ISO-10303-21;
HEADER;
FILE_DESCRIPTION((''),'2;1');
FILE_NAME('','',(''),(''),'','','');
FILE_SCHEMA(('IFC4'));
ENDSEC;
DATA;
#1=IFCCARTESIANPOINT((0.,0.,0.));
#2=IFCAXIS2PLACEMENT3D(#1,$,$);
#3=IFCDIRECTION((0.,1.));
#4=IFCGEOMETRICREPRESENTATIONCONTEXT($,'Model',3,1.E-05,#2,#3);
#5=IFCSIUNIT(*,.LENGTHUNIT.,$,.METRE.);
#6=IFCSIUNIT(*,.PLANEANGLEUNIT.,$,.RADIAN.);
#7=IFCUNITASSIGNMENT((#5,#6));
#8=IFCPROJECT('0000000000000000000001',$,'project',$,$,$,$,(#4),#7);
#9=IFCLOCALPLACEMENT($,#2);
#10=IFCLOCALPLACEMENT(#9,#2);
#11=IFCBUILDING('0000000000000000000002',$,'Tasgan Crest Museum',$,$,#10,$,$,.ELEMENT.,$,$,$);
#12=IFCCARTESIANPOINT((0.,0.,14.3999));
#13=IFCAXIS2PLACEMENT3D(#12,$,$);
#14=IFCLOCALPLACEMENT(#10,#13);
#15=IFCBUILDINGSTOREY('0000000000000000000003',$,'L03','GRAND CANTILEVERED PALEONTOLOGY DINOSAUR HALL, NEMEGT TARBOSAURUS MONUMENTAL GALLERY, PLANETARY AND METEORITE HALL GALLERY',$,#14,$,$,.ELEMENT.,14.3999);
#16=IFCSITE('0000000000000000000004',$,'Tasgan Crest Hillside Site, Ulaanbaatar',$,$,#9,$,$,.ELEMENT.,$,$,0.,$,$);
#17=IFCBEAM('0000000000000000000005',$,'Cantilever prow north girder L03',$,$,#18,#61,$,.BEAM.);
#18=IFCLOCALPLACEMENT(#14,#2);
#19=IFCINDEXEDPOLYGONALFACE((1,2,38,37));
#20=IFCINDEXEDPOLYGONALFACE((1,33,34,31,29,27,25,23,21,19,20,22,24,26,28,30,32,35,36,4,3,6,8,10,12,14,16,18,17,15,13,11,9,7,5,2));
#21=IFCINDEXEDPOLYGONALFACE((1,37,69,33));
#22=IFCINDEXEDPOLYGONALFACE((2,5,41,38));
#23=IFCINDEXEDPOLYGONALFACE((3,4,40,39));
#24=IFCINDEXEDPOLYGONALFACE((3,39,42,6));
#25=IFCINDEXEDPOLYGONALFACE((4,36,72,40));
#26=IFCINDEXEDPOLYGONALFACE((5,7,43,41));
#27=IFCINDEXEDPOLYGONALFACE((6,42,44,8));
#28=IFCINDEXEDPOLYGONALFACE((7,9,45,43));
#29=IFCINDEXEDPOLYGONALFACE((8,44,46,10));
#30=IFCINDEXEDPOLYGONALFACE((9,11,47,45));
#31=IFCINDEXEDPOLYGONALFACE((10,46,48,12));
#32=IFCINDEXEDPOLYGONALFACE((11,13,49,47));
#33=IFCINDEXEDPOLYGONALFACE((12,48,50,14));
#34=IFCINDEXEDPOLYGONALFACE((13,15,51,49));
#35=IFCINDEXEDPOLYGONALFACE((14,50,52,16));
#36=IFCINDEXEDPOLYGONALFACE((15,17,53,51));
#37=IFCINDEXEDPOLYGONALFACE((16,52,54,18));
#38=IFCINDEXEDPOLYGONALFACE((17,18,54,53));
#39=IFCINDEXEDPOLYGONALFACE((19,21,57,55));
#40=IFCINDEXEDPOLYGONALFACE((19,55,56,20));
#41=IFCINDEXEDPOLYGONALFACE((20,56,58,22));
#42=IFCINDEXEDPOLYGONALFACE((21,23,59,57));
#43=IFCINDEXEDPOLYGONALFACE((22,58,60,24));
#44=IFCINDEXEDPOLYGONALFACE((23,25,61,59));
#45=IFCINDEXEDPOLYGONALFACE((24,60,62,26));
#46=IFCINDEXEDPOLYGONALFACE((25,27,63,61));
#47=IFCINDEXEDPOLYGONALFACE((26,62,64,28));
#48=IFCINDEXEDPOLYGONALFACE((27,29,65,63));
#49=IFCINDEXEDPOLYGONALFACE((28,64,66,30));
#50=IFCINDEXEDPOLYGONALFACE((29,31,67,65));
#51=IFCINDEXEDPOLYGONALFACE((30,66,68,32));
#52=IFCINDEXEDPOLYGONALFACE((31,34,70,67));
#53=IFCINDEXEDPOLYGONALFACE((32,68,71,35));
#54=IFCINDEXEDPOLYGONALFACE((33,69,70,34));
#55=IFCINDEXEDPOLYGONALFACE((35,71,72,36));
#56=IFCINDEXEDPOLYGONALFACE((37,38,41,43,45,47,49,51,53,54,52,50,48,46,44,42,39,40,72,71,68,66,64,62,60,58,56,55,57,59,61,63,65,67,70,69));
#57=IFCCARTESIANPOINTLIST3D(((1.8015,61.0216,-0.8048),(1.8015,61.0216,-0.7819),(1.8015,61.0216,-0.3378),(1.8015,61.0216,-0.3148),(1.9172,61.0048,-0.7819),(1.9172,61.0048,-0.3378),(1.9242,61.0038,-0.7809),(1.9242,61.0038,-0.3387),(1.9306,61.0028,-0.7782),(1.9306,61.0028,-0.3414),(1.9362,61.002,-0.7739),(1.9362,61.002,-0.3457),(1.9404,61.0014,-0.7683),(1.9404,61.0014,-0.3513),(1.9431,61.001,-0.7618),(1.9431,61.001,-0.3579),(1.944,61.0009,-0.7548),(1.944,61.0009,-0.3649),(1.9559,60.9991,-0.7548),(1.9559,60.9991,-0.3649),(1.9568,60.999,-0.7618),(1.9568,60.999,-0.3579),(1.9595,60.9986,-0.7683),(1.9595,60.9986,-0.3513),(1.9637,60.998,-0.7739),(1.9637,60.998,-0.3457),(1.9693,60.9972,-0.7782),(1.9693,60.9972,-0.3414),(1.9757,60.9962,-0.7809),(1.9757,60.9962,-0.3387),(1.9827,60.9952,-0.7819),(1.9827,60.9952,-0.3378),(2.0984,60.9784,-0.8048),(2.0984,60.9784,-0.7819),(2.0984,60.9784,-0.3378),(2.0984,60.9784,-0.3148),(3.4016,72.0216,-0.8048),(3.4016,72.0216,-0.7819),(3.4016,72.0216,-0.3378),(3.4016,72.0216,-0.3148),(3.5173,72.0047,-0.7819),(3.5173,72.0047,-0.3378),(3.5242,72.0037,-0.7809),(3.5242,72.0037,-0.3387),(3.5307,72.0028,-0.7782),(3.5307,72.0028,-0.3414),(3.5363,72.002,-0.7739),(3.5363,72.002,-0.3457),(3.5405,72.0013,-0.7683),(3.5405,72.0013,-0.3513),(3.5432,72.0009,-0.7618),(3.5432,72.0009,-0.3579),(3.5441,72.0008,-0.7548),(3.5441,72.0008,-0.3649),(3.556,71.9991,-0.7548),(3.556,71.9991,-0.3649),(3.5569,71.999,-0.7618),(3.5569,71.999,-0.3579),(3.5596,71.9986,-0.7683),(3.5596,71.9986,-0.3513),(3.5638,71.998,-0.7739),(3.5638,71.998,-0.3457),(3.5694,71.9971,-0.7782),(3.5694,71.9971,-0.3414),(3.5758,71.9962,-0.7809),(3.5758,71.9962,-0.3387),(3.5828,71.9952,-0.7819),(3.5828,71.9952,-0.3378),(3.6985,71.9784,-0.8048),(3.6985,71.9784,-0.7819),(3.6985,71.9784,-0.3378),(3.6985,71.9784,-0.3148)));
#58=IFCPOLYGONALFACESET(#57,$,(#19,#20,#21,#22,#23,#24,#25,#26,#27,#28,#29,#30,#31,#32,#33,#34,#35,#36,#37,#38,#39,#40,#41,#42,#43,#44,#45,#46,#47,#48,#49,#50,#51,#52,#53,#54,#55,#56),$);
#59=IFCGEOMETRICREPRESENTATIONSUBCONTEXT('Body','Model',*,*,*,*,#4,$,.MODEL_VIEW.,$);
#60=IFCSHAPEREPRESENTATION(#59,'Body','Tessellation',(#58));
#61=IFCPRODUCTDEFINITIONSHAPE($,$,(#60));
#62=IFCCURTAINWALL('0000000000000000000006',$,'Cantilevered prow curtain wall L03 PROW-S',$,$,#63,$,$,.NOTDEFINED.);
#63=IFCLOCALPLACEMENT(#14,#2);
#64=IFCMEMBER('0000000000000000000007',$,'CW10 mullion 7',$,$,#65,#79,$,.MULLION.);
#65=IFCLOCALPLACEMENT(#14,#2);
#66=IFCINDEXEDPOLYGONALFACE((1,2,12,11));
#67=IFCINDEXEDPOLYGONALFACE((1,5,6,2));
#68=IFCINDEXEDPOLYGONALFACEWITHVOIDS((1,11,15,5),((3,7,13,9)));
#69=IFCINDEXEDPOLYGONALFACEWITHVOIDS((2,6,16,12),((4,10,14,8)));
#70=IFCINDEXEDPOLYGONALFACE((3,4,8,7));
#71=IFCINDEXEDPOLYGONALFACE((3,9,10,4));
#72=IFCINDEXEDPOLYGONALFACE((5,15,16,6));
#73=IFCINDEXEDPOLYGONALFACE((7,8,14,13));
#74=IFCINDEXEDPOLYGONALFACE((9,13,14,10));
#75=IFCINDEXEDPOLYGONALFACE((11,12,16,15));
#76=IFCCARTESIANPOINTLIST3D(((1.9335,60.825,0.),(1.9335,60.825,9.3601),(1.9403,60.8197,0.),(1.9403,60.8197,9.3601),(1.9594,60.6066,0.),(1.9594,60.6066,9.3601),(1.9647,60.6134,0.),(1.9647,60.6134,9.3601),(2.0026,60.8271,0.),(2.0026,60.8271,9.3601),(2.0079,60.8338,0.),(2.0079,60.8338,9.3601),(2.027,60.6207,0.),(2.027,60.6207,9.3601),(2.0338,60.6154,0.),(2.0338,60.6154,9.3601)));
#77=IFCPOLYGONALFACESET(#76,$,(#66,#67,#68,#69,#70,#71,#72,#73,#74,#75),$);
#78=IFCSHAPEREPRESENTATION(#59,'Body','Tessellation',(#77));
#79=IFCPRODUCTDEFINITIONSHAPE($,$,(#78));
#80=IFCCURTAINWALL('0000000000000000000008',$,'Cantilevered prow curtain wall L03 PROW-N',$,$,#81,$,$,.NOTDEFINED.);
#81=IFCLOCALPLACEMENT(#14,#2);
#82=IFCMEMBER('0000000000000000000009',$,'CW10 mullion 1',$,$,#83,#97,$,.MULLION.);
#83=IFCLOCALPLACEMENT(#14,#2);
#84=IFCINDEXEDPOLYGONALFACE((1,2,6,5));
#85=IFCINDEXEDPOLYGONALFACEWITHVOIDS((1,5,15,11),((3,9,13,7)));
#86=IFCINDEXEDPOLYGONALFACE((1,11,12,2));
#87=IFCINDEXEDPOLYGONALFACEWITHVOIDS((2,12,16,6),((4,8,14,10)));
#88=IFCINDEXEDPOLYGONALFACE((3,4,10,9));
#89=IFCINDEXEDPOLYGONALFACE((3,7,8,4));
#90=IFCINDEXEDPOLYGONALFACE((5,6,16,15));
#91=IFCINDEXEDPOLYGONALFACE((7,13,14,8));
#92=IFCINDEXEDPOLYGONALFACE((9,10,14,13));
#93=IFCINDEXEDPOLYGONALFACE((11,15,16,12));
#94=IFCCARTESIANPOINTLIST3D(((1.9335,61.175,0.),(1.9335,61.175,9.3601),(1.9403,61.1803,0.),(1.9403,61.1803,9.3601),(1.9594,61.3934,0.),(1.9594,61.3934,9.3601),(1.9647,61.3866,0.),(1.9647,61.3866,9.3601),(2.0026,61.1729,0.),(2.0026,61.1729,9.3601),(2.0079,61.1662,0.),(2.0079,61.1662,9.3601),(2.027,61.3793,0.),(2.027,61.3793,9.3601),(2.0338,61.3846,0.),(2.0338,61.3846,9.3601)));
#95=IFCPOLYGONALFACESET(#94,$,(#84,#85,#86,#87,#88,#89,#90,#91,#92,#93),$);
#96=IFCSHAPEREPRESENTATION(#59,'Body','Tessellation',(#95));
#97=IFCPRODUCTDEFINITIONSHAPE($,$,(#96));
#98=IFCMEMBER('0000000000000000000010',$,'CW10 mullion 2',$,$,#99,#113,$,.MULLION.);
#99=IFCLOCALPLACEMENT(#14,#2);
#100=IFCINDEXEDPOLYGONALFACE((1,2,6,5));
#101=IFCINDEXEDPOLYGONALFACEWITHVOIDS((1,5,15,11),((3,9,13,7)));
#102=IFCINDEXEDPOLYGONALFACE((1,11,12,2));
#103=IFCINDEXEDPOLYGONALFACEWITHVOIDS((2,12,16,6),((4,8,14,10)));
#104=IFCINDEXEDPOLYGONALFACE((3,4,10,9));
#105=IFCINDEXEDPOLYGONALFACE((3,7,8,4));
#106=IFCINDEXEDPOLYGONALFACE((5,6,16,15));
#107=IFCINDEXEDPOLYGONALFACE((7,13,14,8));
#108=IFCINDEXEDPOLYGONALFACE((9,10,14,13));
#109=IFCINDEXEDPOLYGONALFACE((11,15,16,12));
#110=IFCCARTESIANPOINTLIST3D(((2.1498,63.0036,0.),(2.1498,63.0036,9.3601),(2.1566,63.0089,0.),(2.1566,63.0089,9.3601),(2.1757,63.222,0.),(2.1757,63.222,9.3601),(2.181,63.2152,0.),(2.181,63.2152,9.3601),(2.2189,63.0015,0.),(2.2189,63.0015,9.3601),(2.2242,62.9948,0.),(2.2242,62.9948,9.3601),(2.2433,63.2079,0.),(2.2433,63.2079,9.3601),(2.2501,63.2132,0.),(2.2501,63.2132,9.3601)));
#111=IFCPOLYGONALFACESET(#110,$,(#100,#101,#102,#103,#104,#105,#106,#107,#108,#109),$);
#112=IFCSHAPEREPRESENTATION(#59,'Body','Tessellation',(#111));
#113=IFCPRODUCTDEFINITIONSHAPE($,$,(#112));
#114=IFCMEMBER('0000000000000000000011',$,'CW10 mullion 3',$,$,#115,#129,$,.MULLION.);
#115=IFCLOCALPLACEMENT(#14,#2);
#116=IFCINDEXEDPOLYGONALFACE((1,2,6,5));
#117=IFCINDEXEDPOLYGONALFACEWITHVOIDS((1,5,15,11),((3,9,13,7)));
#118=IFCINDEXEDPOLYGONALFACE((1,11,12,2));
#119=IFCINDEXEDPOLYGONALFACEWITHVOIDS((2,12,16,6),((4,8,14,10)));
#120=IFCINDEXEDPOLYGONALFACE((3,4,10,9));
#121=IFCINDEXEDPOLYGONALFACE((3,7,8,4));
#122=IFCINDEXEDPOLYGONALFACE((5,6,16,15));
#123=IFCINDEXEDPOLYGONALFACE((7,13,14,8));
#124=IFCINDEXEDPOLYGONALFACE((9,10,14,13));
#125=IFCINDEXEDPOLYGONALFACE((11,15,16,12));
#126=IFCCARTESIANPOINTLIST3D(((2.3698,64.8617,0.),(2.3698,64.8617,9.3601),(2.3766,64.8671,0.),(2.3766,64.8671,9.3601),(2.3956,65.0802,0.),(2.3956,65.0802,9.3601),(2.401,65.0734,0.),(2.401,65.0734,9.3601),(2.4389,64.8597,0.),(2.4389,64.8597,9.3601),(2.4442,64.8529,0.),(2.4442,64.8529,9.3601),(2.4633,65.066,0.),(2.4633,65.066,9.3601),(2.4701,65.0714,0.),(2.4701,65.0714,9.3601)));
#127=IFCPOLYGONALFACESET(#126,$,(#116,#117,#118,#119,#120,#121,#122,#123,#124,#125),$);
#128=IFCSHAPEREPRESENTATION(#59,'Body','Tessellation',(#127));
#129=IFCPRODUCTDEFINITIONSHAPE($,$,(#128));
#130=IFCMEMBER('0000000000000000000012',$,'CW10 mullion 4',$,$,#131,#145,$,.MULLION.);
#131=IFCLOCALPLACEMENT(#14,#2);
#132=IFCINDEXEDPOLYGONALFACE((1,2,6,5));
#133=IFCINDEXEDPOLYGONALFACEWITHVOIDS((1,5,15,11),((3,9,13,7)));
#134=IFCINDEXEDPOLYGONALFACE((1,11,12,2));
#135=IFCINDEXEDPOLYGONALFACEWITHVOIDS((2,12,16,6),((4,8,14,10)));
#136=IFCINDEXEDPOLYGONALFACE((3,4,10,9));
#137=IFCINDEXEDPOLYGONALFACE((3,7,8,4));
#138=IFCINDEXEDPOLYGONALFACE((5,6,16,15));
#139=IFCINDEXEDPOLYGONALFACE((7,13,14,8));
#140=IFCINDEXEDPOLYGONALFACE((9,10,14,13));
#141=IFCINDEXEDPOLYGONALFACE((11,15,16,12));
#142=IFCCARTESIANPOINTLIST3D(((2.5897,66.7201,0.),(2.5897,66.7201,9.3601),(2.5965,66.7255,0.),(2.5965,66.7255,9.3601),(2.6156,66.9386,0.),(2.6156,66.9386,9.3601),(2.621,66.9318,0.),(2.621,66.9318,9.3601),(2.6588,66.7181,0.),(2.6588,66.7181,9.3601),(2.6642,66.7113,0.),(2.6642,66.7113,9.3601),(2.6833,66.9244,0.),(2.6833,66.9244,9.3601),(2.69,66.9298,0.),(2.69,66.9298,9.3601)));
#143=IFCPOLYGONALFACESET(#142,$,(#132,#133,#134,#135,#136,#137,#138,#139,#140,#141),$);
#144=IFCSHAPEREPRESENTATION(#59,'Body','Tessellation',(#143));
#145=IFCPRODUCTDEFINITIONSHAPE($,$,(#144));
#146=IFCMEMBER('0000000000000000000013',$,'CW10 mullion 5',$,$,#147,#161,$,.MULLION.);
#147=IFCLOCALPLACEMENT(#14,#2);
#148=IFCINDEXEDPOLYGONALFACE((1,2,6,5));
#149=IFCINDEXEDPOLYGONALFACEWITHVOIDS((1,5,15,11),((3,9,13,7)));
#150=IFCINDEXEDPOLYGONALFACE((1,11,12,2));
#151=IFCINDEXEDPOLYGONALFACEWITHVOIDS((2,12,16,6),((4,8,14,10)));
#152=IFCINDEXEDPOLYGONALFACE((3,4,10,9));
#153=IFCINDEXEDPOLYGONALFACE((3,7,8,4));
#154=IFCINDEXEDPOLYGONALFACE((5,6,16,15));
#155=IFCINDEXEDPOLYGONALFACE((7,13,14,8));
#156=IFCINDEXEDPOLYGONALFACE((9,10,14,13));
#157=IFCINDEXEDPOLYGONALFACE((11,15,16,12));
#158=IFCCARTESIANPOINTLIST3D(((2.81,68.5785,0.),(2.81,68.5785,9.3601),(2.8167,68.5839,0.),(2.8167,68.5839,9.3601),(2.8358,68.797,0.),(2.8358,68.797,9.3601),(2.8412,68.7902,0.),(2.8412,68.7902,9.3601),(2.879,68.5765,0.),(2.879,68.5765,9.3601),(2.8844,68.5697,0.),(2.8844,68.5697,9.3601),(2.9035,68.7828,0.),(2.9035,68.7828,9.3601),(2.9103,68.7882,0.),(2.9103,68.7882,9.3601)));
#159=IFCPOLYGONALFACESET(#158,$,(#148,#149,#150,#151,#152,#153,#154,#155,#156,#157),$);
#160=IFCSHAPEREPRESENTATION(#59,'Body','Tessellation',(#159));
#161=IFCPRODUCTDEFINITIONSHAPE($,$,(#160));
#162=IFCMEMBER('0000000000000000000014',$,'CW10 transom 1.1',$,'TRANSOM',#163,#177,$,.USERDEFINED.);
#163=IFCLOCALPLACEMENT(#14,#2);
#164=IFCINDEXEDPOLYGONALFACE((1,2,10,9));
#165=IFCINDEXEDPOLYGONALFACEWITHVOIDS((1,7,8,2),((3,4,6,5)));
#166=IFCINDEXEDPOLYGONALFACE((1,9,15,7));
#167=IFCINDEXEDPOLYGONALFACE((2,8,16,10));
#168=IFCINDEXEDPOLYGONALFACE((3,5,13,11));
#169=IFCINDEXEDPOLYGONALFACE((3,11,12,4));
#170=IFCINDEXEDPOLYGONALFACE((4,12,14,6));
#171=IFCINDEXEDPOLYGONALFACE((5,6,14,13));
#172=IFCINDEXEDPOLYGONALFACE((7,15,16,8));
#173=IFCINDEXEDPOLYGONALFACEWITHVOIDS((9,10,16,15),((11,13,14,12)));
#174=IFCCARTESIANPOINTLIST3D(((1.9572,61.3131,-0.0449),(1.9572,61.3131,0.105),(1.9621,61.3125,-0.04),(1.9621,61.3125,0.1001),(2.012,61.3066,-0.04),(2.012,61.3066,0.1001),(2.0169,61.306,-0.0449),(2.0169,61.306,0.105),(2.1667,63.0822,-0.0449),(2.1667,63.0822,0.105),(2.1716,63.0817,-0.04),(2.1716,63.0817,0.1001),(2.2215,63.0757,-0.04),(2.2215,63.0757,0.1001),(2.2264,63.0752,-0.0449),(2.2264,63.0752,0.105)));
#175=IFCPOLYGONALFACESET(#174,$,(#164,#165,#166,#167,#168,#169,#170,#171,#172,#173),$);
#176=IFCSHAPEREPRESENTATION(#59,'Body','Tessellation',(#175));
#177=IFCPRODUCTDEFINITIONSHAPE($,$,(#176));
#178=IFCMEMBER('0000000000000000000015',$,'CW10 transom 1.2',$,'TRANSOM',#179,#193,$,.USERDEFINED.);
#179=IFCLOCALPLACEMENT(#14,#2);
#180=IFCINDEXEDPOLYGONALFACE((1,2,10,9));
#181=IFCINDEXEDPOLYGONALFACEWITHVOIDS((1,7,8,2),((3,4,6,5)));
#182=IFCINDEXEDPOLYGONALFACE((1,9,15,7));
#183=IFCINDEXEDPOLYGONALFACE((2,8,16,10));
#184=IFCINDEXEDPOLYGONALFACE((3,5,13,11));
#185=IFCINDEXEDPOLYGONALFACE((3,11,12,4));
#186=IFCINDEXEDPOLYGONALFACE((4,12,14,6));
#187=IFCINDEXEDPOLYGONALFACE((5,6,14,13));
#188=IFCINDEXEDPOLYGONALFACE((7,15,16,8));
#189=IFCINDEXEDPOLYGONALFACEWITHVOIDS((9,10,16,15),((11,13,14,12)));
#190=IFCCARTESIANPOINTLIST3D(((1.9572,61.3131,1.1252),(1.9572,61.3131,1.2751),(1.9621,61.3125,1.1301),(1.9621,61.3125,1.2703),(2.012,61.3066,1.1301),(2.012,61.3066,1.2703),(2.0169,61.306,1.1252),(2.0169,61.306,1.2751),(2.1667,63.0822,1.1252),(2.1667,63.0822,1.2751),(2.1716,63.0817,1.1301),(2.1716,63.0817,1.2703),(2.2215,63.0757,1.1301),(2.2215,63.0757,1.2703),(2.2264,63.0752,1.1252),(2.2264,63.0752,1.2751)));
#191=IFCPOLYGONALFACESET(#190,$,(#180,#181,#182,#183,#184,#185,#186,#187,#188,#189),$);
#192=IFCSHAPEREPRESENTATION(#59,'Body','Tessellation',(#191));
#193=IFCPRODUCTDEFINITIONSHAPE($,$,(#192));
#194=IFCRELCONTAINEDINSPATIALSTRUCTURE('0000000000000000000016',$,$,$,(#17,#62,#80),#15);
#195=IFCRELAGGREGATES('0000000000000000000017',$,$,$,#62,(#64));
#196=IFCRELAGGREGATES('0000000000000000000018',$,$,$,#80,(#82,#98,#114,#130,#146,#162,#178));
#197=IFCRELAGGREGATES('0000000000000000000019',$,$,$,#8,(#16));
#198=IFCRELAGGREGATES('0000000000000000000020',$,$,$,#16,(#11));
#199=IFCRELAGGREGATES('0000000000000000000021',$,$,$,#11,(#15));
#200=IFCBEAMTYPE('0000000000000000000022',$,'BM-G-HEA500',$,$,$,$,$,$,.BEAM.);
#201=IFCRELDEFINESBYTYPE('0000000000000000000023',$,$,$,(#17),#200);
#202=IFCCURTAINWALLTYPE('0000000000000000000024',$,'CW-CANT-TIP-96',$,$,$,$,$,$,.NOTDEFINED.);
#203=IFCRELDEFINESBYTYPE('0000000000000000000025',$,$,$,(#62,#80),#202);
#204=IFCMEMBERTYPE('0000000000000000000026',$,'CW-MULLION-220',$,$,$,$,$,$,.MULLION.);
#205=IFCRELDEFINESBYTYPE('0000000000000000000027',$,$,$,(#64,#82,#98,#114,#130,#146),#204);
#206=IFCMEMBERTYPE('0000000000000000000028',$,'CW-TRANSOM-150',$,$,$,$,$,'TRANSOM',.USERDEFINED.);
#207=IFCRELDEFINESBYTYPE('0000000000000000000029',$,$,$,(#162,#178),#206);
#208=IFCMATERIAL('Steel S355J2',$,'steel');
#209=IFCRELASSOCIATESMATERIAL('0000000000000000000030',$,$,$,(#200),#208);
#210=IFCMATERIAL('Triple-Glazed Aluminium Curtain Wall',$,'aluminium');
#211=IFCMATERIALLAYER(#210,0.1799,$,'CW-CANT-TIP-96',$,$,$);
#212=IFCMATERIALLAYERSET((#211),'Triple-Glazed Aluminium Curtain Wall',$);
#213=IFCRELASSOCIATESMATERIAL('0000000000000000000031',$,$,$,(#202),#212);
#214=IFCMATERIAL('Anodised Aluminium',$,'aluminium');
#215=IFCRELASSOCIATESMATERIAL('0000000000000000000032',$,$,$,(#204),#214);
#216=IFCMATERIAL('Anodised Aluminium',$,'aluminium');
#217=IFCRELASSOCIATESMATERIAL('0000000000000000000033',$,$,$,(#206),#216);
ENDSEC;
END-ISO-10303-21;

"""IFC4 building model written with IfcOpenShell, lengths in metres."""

from ifc_helpers import new_model, si_unit, direction, frame, origin, origin_2d, place, context, subcontext, project, spatial, hollow_rectangle, i_section, extrude, material, layer, layer_set, material_profile, profile_set, type_object, element, aggregate, save


model = new_model("IFC4")

# Units and contexts
model_context = context("Model", 3, precision=1e-05, world=origin(), true_north=direction((0.0, 1.0)))
body_context = subcontext(model_context, "Body", "Model", "MODEL_VIEW")
ifc_project = project(units=[si_unit("LENGTHUNIT", "METRE"), si_unit("PLANEANGLEUNIT", "RADIAN")], contexts=[model_context])

# Site, building, storey
site_placement = place(None, origin())
site = spatial("IfcSite", under=ifc_project, at=site_placement, Name="Tasgan Crest Hillside Site, Ulaanbaatar", CompositionType="ELEMENT", RefElevation=0.0)
building_placement = place(site_placement, origin())
building = spatial("IfcBuilding", under=site, at=building_placement, Name="Tasgan Crest Museum", CompositionType="ELEMENT")
storey_placement = place(building_placement, frame((0.0, 0.0, 14.3999)))
storey = spatial("IfcBuildingStorey", under=building, at=storey_placement, Name="L03", Description="GRAND CANTILEVERED PALEONTOLOGY DINOSAUR HALL, NEMEGT TARBOSAURUS MONUMENTAL GALLERY, PLANETARY AND METEORITE HALL GALLERY", CompositionType="ELEMENT", Elevation=14.3999)

# Beam
ifc_material_1 = material(Name="Steel S355J2", Category="steel")
ifc_material_profile_1 = material_profile(ifc_material_1, i_section(OverallWidth=0.3, OverallDepth=0.49, WebThickness=0.012, FlangeThickness=0.0229, FilletRadius=0.0271, at=origin_2d()), Name="HEA 500")
ifc_profile_set_1 = profile_set([ifc_material_profile_1], Name="Steel S355J2")
beam_type = type_object("IfcBeamType", Name="BM-G-HEA500", PredefinedType="BEAM", material=ifc_profile_set_1)
beam_placement = place(storey_placement, frame((1.95, 61.0, -0.5598), z_axis=(0.143948, 0.989585, 0.0), x_axis=(-0.989585, 0.143948, 0.0)))
element("IfcBeam", 1, at=beam_placement, inside=storey, type_object=beam_type, Name="Cantilever prow north girder L03", PredefinedType="BEAM", context=body_context, shape_type="SweptSolid", body=[
    extrude(i_section(OverallWidth=0.3, OverallDepth=0.49, WebThickness=0.012, FlangeThickness=0.0229, FilletRadius=0.0271, at=origin_2d()), origin(), (0.0, 0.0, 1.0), 11.1157),
])

# Curtain wall, member
ifc_material_2 = material(Name="Triple-Glazed Aluminium Curtain Wall", Category="aluminium")
ifc_layer_1 = layer(ifc_material_2, 0.1799, Name="CW-CANT-TIP-96")
ifc_layer_set_1 = layer_set([ifc_layer_1], Name="Triple-Glazed Aluminium Curtain Wall")
curtain_wall_type = type_object("IfcCurtainWallType", Name="CW-CANT-TIP-96", PredefinedType="NOTDEFINED", material=ifc_layer_set_1)
curtain_wall_1_placement = place(storey_placement, origin())
curtain_wall_1 = element("IfcCurtainWall", 2, at=curtain_wall_1_placement, inside=storey, type_object=curtain_wall_type, Name="Cantilevered prow curtain wall L03 PROW-S", PredefinedType="NOTDEFINED")
ifc_material_3 = material(Name="Anodised Aluminium", Category="aluminium")
ifc_material_profile_2 = material_profile(ifc_material_3, hollow_rectangle(XDim=0.075, YDim=0.22, WallThickness=0.0061, at=origin_2d()), Name="ALU MULLION 220x75x6")
ifc_profile_set_2 = profile_set([ifc_material_profile_2], Name="Anodised Aluminium")
member_type_1 = type_object("IfcMemberType", Name="CW-MULLION-220", PredefinedType="MULLION", material=ifc_profile_set_2)
member_1_placement = place(storey_placement, frame((1.9836, 60.7202, 0.0), z_axis=(0.0, 0.0, 1.0), x_axis=(-0.993065, -0.117565, 0.0)))
member_1 = element("IfcMember", 3, at=member_1_placement, type_object=member_type_1, Name="CW10 mullion 7", PredefinedType="MULLION", context=body_context, shape_type="SweptSolid", body=[
    extrude(hollow_rectangle(XDim=0.075, YDim=0.22, WallThickness=0.0061, at=origin_2d()), origin(), (0.0, 0.0, 1.0), 9.3601),
])
aggregate(curtain_wall_1, [member_1])

# Curtain wall, members
curtain_wall_2_placement = place(storey_placement, origin())
curtain_wall_2 = element("IfcCurtainWall", 4, at=curtain_wall_2_placement, inside=storey, type_object=curtain_wall_type, Name="Cantilevered prow curtain wall L03 PROW-N", PredefinedType="NOTDEFINED")
member_2_placement = place(storey_placement, frame((1.9836, 61.2798, 0.0), z_axis=(0.0, 0.0, 1.0), x_axis=(-0.993065, 0.117565, 0.0)))
member_2 = element("IfcMember", 5, at=member_2_placement, type_object=member_type_1, Name="CW10 mullion 1", PredefinedType="MULLION", context=body_context, shape_type="SweptSolid", body=[
    extrude(hollow_rectangle(XDim=0.075, YDim=0.22, WallThickness=0.0061, at=origin_2d()), origin(), (0.0, 0.0, 1.0), 9.3601),
])
member_3_placement = place(storey_placement, frame((2.2, 63.1084, 0.0), z_axis=(0.0, 0.0, 1.0), x_axis=(-0.993065, 0.117565, 0.0)))
member_3 = element("IfcMember", 6, at=member_3_placement, type_object=member_type_1, Name="CW10 mullion 2", PredefinedType="MULLION", context=body_context, shape_type="SweptSolid", body=[
    extrude(hollow_rectangle(XDim=0.075, YDim=0.22, WallThickness=0.0061, at=origin_2d()), origin(), (0.0, 0.0, 1.0), 9.3601),
])
member_4_placement = place(storey_placement, frame((2.4199, 64.9666, 0.0), z_axis=(0.0, 0.0, 1.0), x_axis=(-0.993065, 0.117565, 0.0)))
member_4 = element("IfcMember", 7, at=member_4_placement, type_object=member_type_1, Name="CW10 mullion 3", PredefinedType="MULLION", context=body_context, shape_type="SweptSolid", body=[
    extrude(hollow_rectangle(XDim=0.075, YDim=0.22, WallThickness=0.0061, at=origin_2d()), origin(), (0.0, 0.0, 1.0), 9.3601),
])
member_5_placement = place(storey_placement, frame((2.6399, 66.825, 0.0), z_axis=(0.0, 0.0, 1.0), x_axis=(-0.993065, 0.117565, 0.0)))
member_5 = element("IfcMember", 8, at=member_5_placement, type_object=member_type_1, Name="CW10 mullion 4", PredefinedType="MULLION", context=body_context, shape_type="SweptSolid", body=[
    extrude(hollow_rectangle(XDim=0.075, YDim=0.22, WallThickness=0.0061, at=origin_2d()), origin(), (0.0, 0.0, 1.0), 9.3601),
])
member_6_placement = place(storey_placement, frame((2.8601, 68.6833, 0.0), z_axis=(0.0, 0.0, 1.0), x_axis=(-0.993065, 0.117565, 0.0)))
member_6 = element("IfcMember", 9, at=member_6_placement, type_object=member_type_1, Name="CW10 mullion 5", PredefinedType="MULLION", context=body_context, shape_type="SweptSolid", body=[
    extrude(hollow_rectangle(XDim=0.075, YDim=0.22, WallThickness=0.0061, at=origin_2d()), origin(), (0.0, 0.0, 1.0), 9.3601),
])
ifc_material_4 = material(Name="Anodised Aluminium", Category="aluminium")
ifc_material_profile_3 = material_profile(ifc_material_4, hollow_rectangle(XDim=0.0601, YDim=0.1499, WallThickness=0.0049, at=origin_2d()), Name="ALU TRANSOM 150x60x5")
ifc_profile_set_3 = profile_set([ifc_material_profile_3], Name="Anodised Aluminium")
member_type_2 = type_object("IfcMemberType", Name="CW-TRANSOM-150", ElementType="TRANSOM", PredefinedType="USERDEFINED", material=ifc_profile_set_3)
member_7_placement = place(storey_placement, frame((1.9871, 61.3096, 0.03), z_axis=(0.117589, 0.993062, 0.0), x_axis=(-0.993062, 0.117589, 0.0)))
member_7 = element("IfcMember", 10, at=member_7_placement, type_object=member_type_2, Name="CW10 transom 1.1", ObjectType="TRANSOM", PredefinedType="USERDEFINED", context=body_context, shape_type="SweptSolid", body=[
    extrude(hollow_rectangle(XDim=0.0601, YDim=0.1499, WallThickness=0.0049, at=origin_2d()), origin(), (0.0, 0.0, 1.0), 1.7815),
])
member_8_placement = place(storey_placement, frame((1.9871, 61.3096, 1.2002), z_axis=(0.117589, 0.993062, 0.0), x_axis=(-0.993062, 0.117589, 0.0)))
member_8 = element("IfcMember", 11, at=member_8_placement, type_object=member_type_2, Name="CW10 transom 1.2", ObjectType="TRANSOM", PredefinedType="USERDEFINED", context=body_context, shape_type="SweptSolid", body=[
    extrude(hollow_rectangle(XDim=0.0601, YDim=0.1499, WallThickness=0.0049, at=origin_2d()), origin(), (0.0, 0.0, 1.0), 1.7815),
])

aggregate(curtain_wall_2, [member_2, member_3, member_4, member_5, member_6, member_7, member_8])

save(model, "model.ifc")
